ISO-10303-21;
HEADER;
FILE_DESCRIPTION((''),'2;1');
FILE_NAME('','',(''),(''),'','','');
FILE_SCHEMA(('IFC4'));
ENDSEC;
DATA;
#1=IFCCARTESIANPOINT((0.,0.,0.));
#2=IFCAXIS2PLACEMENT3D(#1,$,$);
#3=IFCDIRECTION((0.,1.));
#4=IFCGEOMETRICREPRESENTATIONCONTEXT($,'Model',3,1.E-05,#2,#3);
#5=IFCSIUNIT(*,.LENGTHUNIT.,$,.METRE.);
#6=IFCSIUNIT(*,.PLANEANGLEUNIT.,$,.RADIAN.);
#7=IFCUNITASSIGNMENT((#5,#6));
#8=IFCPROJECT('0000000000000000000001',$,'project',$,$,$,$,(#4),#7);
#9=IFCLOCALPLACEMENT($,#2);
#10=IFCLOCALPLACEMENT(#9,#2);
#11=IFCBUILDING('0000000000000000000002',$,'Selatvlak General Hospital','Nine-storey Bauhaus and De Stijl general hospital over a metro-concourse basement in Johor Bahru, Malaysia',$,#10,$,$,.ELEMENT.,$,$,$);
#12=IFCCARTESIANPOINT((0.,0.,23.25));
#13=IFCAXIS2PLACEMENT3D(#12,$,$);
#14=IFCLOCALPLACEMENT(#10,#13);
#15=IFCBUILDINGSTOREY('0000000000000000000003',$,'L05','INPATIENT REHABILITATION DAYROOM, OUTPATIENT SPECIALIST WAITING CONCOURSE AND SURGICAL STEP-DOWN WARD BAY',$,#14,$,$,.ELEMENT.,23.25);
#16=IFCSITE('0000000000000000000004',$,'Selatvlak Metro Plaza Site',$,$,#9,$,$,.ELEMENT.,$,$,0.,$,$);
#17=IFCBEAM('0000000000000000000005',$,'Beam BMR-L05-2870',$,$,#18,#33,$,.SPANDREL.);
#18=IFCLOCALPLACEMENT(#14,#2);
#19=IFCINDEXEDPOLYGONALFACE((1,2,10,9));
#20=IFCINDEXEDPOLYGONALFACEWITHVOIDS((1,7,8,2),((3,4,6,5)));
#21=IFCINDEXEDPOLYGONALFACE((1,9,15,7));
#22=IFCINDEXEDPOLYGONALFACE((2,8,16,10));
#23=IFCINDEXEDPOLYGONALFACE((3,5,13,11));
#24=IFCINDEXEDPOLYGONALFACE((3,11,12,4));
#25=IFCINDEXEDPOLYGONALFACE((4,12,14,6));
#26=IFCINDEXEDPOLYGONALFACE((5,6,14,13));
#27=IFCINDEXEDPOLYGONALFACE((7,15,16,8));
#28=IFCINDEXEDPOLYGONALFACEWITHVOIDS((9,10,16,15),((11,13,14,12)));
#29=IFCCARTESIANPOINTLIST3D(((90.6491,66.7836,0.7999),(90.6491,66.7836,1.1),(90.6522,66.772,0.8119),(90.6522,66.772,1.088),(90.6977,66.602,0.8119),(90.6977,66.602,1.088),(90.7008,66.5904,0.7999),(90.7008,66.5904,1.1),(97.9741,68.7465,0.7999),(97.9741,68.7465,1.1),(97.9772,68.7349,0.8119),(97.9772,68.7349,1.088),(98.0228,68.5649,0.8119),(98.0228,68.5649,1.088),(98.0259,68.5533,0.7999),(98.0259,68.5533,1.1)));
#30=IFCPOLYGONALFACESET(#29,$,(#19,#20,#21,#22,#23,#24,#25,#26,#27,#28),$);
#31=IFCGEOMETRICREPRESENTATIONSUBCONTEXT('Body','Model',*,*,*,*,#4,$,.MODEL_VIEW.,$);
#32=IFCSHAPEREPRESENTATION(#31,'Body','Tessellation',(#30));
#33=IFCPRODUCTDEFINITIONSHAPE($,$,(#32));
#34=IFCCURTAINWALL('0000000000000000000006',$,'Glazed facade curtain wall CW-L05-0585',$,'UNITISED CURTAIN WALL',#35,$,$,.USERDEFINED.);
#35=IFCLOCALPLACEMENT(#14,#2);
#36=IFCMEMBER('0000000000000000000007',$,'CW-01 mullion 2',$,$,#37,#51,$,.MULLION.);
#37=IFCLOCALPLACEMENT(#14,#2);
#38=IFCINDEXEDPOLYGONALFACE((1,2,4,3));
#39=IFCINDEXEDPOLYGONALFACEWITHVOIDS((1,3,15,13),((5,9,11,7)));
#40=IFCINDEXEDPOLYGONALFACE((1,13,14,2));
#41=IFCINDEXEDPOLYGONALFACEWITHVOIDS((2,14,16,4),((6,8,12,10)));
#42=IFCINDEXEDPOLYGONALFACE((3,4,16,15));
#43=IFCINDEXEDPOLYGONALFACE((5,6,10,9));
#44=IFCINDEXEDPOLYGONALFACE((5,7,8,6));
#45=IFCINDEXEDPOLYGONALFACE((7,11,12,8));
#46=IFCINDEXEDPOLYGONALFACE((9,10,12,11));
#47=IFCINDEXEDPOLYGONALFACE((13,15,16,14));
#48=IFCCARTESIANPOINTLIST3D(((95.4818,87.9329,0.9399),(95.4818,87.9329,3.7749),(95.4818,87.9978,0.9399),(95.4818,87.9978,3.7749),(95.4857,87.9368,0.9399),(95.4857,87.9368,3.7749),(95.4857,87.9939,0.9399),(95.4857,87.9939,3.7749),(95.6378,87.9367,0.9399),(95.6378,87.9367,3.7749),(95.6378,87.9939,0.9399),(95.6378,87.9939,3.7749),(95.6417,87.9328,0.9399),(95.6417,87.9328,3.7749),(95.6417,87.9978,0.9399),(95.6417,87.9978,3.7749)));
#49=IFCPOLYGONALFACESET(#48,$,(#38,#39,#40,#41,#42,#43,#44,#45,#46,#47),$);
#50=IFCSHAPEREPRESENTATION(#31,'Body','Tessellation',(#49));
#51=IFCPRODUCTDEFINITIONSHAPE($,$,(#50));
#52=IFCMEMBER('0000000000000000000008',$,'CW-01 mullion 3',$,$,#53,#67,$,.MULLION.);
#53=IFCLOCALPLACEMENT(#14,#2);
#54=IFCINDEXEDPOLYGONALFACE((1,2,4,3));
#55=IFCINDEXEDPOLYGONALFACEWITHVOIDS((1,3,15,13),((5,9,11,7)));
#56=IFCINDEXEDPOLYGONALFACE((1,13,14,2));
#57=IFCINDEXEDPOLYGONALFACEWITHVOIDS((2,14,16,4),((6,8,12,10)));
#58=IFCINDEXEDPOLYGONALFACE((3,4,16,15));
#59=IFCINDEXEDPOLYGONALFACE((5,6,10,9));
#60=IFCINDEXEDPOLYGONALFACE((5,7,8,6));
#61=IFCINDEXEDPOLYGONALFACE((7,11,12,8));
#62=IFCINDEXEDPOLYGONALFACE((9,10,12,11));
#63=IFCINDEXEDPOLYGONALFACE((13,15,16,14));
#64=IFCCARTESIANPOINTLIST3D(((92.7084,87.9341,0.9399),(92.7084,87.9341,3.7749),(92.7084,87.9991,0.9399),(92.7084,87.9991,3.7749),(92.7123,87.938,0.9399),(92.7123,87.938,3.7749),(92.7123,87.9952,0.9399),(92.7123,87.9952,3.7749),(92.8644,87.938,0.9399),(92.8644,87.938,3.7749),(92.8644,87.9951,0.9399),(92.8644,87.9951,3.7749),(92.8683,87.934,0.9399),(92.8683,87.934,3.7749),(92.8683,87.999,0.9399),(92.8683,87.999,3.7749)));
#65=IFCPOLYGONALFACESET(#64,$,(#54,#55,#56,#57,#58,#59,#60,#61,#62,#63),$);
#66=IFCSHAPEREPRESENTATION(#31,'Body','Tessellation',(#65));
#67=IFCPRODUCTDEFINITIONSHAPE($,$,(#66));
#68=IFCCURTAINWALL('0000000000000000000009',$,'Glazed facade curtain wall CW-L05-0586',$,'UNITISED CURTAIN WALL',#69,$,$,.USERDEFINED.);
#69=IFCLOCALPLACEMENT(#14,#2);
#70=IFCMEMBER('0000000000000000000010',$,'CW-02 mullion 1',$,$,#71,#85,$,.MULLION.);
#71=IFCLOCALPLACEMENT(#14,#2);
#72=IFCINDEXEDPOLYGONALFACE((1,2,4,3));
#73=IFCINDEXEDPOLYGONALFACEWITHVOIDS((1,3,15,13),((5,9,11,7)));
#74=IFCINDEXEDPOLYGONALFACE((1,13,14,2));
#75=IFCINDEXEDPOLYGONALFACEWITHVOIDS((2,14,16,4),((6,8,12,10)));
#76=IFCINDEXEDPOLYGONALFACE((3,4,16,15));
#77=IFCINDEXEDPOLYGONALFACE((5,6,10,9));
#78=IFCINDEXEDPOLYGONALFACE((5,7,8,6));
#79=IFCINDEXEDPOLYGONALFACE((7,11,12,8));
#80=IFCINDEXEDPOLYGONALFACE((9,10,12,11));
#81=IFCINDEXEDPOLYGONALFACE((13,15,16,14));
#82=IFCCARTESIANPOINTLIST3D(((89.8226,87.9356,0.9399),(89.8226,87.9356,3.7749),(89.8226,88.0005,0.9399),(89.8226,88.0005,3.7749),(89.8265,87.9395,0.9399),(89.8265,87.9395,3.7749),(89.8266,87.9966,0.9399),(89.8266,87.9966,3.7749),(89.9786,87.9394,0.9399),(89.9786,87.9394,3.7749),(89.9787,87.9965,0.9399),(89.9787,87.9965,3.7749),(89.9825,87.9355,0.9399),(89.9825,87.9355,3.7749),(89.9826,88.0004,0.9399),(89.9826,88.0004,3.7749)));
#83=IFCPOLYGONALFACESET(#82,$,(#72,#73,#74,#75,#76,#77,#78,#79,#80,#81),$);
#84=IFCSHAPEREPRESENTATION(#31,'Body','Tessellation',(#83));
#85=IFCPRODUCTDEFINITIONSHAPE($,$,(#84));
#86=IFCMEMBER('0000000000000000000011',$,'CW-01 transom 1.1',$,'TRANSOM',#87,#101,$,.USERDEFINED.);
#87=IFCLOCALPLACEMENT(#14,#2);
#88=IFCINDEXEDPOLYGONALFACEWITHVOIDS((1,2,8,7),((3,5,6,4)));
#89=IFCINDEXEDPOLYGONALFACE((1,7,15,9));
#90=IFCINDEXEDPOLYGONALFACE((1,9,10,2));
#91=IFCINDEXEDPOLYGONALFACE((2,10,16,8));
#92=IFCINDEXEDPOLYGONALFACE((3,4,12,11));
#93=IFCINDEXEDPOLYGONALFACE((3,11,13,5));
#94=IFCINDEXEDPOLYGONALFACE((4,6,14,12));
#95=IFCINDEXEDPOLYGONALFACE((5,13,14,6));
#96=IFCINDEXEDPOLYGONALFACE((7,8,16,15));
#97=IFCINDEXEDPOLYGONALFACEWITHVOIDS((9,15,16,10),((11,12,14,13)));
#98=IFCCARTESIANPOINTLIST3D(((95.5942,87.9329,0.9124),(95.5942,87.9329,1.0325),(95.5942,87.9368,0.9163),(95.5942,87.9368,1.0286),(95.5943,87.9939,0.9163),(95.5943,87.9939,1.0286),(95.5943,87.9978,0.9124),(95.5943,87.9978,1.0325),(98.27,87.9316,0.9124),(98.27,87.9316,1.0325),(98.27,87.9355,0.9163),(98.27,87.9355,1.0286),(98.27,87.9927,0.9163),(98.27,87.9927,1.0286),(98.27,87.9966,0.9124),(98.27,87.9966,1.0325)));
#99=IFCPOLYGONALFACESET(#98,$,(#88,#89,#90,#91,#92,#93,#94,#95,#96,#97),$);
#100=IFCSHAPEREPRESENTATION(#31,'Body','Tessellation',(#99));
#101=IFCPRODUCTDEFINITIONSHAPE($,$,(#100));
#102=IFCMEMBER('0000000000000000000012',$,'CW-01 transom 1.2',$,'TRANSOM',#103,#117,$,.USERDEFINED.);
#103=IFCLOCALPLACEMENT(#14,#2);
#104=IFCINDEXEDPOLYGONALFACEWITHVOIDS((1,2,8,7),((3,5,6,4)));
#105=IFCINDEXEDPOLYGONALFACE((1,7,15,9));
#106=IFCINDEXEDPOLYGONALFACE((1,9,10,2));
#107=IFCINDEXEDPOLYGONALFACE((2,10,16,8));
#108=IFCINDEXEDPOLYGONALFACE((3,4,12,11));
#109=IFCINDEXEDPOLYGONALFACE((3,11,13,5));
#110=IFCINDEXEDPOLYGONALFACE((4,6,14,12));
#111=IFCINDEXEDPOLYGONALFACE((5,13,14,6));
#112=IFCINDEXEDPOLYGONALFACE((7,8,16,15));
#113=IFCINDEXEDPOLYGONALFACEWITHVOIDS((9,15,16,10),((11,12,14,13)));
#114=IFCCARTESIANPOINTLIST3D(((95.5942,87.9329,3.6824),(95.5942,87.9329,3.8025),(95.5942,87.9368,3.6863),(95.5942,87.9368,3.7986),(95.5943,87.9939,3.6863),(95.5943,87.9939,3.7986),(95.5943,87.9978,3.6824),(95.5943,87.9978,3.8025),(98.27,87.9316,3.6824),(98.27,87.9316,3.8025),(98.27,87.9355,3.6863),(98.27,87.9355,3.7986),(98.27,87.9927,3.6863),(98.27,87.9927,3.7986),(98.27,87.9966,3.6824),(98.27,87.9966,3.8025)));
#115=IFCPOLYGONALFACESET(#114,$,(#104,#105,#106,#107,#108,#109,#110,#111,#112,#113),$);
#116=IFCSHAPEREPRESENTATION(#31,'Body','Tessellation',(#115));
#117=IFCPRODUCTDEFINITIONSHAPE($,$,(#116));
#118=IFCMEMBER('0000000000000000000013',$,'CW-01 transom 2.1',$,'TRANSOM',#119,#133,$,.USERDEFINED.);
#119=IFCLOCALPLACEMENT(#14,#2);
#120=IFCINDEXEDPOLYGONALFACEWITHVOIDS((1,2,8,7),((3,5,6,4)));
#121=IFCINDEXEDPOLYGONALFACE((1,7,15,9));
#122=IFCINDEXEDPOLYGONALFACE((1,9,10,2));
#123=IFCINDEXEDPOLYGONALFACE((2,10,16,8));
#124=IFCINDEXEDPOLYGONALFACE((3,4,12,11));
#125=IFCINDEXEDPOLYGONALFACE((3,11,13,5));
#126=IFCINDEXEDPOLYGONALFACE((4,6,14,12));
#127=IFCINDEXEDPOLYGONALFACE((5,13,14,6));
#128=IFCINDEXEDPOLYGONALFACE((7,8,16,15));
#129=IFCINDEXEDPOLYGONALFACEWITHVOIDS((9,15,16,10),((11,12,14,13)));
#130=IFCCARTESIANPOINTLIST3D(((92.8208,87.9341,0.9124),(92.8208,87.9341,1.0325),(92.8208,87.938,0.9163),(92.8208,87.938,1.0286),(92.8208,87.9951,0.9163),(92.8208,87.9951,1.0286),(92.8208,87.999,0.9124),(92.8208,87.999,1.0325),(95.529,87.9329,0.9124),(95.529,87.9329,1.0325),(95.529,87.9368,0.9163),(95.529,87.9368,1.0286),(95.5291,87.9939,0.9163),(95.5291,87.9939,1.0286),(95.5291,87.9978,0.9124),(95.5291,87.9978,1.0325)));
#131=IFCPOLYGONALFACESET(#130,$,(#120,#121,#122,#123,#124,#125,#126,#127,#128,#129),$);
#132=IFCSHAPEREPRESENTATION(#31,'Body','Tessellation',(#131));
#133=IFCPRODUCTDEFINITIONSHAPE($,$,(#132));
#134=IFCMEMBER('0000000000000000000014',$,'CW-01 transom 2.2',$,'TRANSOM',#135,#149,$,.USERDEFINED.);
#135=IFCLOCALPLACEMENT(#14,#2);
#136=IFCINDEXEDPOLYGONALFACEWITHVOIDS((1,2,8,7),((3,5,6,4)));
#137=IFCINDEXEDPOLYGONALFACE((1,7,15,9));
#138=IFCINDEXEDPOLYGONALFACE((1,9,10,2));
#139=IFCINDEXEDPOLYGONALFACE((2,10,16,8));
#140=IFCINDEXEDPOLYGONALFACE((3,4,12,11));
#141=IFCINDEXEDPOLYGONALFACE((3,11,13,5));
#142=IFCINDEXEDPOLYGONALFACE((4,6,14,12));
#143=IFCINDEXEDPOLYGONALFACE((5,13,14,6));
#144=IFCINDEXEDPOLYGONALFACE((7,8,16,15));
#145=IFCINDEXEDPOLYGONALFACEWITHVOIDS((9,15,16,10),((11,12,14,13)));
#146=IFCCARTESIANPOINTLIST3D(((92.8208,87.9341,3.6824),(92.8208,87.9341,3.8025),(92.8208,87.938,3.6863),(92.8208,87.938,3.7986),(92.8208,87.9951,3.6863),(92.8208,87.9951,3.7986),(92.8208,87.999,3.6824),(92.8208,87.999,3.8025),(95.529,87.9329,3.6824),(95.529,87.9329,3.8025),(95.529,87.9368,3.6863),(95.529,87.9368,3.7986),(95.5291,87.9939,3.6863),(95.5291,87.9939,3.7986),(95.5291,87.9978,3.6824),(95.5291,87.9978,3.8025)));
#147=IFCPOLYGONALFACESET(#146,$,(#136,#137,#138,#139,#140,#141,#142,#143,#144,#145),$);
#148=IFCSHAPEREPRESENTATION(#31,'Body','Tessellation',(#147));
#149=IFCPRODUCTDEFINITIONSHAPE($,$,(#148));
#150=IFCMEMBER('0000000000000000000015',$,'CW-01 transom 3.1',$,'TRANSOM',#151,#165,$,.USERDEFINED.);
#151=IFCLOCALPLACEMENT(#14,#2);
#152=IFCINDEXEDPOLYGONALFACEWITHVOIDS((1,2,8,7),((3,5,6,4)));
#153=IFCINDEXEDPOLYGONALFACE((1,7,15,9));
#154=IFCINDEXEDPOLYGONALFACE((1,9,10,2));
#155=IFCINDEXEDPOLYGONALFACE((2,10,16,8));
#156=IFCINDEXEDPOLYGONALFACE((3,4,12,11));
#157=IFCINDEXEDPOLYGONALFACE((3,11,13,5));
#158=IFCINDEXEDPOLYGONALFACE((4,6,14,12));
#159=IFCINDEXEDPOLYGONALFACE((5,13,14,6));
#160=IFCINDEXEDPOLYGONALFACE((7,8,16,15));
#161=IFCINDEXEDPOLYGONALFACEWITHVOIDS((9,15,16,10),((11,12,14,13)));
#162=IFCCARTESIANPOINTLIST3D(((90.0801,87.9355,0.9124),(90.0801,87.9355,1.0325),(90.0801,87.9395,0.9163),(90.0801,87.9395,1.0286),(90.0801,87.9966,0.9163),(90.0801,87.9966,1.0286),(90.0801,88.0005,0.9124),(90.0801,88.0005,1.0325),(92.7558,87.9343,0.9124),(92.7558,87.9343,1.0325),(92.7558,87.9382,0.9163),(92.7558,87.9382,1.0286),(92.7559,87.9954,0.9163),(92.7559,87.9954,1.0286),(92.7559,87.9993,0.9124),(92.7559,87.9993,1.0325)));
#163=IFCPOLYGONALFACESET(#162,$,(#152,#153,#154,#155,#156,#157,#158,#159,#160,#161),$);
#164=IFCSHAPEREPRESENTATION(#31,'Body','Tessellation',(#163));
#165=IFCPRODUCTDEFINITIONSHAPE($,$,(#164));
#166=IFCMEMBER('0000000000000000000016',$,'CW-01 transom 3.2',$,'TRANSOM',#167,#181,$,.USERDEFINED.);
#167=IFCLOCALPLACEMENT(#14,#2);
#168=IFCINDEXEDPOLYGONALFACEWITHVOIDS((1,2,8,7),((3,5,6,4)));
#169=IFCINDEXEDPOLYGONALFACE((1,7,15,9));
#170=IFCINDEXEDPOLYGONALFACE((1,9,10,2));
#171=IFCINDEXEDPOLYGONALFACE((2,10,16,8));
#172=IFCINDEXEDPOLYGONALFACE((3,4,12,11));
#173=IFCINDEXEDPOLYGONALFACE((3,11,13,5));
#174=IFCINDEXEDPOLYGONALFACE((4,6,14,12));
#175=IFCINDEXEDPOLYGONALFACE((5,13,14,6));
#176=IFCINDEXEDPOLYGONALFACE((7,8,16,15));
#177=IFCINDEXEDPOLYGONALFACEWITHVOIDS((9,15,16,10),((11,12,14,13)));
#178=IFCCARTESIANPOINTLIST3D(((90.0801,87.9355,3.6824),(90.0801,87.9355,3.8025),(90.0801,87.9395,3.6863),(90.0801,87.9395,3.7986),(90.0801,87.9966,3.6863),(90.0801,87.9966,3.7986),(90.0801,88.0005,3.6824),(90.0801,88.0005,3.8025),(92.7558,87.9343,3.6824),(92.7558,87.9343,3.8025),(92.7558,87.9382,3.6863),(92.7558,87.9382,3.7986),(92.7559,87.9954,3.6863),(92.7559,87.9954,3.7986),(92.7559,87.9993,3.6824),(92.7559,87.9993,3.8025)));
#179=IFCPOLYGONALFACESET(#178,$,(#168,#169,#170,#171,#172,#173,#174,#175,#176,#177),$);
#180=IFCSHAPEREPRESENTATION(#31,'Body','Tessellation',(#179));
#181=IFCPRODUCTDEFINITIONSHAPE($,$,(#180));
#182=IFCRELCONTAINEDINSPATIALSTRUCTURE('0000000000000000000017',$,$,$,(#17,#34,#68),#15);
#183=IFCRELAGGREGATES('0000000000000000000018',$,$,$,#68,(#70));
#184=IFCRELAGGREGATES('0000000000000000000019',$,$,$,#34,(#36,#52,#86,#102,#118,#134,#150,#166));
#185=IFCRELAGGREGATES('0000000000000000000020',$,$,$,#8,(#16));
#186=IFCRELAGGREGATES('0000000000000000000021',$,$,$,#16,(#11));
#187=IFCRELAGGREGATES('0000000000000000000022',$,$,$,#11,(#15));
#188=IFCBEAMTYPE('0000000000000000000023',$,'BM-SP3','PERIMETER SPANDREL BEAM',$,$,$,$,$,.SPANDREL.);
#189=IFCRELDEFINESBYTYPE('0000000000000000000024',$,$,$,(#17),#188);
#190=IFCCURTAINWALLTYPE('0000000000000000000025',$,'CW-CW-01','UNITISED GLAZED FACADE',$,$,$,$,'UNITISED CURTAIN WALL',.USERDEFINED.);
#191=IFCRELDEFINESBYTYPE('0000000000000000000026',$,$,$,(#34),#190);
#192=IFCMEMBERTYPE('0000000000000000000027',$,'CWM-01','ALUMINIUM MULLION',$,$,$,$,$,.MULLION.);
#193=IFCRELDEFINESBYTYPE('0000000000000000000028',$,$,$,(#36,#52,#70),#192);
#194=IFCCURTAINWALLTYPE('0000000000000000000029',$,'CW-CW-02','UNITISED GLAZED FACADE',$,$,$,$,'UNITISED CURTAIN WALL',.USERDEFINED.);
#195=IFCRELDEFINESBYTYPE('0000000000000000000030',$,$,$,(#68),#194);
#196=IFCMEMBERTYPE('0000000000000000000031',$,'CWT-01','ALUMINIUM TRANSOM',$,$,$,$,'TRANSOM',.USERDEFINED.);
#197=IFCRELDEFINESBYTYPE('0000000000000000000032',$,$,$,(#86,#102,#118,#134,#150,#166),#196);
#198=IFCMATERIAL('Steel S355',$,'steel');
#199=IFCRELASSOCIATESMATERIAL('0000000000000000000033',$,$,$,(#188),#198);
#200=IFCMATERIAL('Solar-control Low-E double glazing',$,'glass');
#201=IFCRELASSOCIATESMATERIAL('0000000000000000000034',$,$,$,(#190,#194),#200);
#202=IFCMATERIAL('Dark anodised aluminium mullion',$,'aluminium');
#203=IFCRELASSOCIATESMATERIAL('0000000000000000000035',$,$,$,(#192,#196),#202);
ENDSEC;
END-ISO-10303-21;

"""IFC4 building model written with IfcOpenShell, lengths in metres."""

from ifc_helpers import new_model, si_unit, direction, frame, origin, origin_2d, place, context, subcontext, project, spatial, hollow_rectangle, extrude, material, material_profile, profile_set, type_object, element, aggregate, save


model = new_model("IFC4")

# Units and contexts
model_context = context("Model", 3, precision=1e-05, world=origin(), true_north=direction((0.0, 1.0)))
body_context = subcontext(model_context, "Body", "Model", "MODEL_VIEW")
ifc_project = project(units=[si_unit("LENGTHUNIT", "METRE"), si_unit("PLANEANGLEUNIT", "RADIAN")], contexts=[model_context])

# Site, building, storey
site_placement = place(None, origin())
site = spatial("IfcSite", under=ifc_project, at=site_placement, Name="Selatvlak Metro Plaza Site", CompositionType="ELEMENT", RefElevation=0.0)
building_placement = place(site_placement, origin())
building = spatial("IfcBuilding", under=site, at=building_placement, Name="Selatvlak General Hospital", Description="Nine-storey Bauhaus and De Stijl general hospital over a metro-concourse basement in Johor Bahru, Malaysia", CompositionType="ELEMENT")
storey_placement = place(building_placement, frame((0.0, 0.0, 23.25)))
storey = spatial("IfcBuildingStorey", under=building, at=storey_placement, Name="L05", Description="INPATIENT REHABILITATION DAYROOM, OUTPATIENT SPECIALIST WAITING CONCOURSE AND SURGICAL STEP-DOWN WARD BAY", CompositionType="ELEMENT", Elevation=23.25)

# Beam
ifc_material_1 = material(Name="Steel S355", Category="steel")
ifc_material_profile_1 = material_profile(ifc_material_1, hollow_rectangle(XDim=0.2, YDim=0.3, WallThickness=0.012, at=origin_2d()), Name="RHS 300x200x12")
ifc_profile_set_1 = profile_set([ifc_material_profile_1], Name="Steel S355")
beam_type = type_object("IfcBeamType", Name="BM-SP3", Description="PERIMETER SPANDREL BEAM", PredefinedType="SPANDREL", material=ifc_profile_set_1)
beam_placement = place(storey_placement, frame((98.0, 68.6499, 0.95), z_axis=(-0.96592, -0.258841, 0.0), x_axis=(0.258841, -0.96592, 0.0)))
element("IfcBeam", 1, at=beam_placement, inside=storey, type_object=beam_type, Name="Beam BMR-L05-2870", PredefinedType="SPANDREL", context=body_context, shape_type="SweptSolid", body=[
    extrude(hollow_rectangle(XDim=0.2, YDim=0.3, WallThickness=0.012, at=origin_2d()), origin(), (0.0, 0.0, 1.0), 7.5835),
])

# Curtain wall, members
ifc_material_2 = material(Name="Solar-control Low-E double glazing", Category="glass")
curtain_wall_type_1 = type_object("IfcCurtainWallType", Name="CW-CW-01", Description="UNITISED GLAZED FACADE", ElementType="UNITISED CURTAIN WALL", PredefinedType="USERDEFINED", material=ifc_material_2)
curtain_wall_1_placement = place(storey_placement, origin())
curtain_wall_1 = element("IfcCurtainWall", 2, at=curtain_wall_1_placement, inside=storey, type_object=curtain_wall_type_1, Name="Glazed facade curtain wall CW-L05-0585", ObjectType="UNITISED CURTAIN WALL", PredefinedType="USERDEFINED")
ifc_material_3 = material(Name="Dark anodised aluminium mullion", Category="aluminium")
ifc_material_profile_2 = material_profile(ifc_material_3, hollow_rectangle(XDim=0.0649, YDim=0.1599, WallThickness=0.0039, at=origin_2d()), Name="AL-MUL 65x160x4")
ifc_profile_set_2 = profile_set([ifc_material_profile_2], Name="Dark anodised aluminium mullion")
member_type_1 = type_object("IfcMemberType", Name="CWM-01", Description="ALUMINIUM MULLION", PredefinedType="MULLION", material=ifc_profile_set_2)
member_1_placement = place(storey_placement, frame((95.5618, 87.9653, 0.9399), z_axis=(0.0, 0.0, 1.0), x_axis=(-0.000481, -1.0, 0.0)))
member_1 = element("IfcMember", 3, at=member_1_placement, type_object=member_type_1, Name="CW-01 mullion 2", PredefinedType="MULLION", context=body_context, shape_type="SweptSolid", body=[
    extrude(hollow_rectangle(XDim=0.0649, YDim=0.1599, WallThickness=0.0039, at=origin_2d()), origin(), (0.0, 0.0, 1.0), 2.835),
])
member_2_placement = place(storey_placement, frame((92.7883, 87.9666, 0.9399), z_axis=(0.0, 0.0, 1.0), x_axis=(-0.000481, -1.0, 0.0)))
member_2 = element("IfcMember", 4, at=member_2_placement, type_object=member_type_1, Name="CW-01 mullion 3", PredefinedType="MULLION", context=body_context, shape_type="SweptSolid", body=[
    extrude(hollow_rectangle(XDim=0.0649, YDim=0.1599, WallThickness=0.0039, at=origin_2d()), origin(), (0.0, 0.0, 1.0), 2.835),
])

# Curtain wall, member
curtain_wall_type_2 = type_object("IfcCurtainWallType", Name="CW-CW-02", Description="UNITISED GLAZED FACADE", ElementType="UNITISED CURTAIN WALL", PredefinedType="USERDEFINED", material=ifc_material_2)
curtain_wall_2_placement = place(storey_placement, origin())
curtain_wall_2 = element("IfcCurtainWall", 5, at=curtain_wall_2_placement, inside=storey, type_object=curtain_wall_type_2, Name="Glazed facade curtain wall CW-L05-0586", ObjectType="UNITISED CURTAIN WALL", PredefinedType="USERDEFINED")
member_3_placement = place(storey_placement, frame((89.9026, 87.968, 0.9399), z_axis=(0.0, 0.0, 1.0), x_axis=(-0.000481, -1.0, 0.0)))
member_3 = element("IfcMember", 6, at=member_3_placement, type_object=member_type_1, Name="CW-02 mullion 1", PredefinedType="MULLION", context=body_context, shape_type="SweptSolid", body=[
    extrude(hollow_rectangle(XDim=0.0649, YDim=0.1599, WallThickness=0.0039, at=origin_2d()), origin(), (0.0, 0.0, 1.0), 2.835),
])

# Members
ifc_material_profile_3 = material_profile(ifc_material_3, hollow_rectangle(XDim=0.0649, YDim=0.1201, WallThickness=0.0039, at=origin_2d()), Name="AL-TRN 65x120x4")
ifc_profile_set_3 = profile_set([ifc_material_profile_3], Name="Dark anodised aluminium mullion")
member_type_2 = type_object("IfcMemberType", Name="CWT-01", Description="ALUMINIUM TRANSOM", ElementType="TRANSOM", PredefinedType="USERDEFINED", material=ifc_profile_set_3)
member_4_placement = place(storey_placement, frame((98.27, 87.9641, 0.9724), z_axis=(-1.0, 0.000456, 0.0), x_axis=(-0.000456, -1.0, 0.0)))
member_4 = element("IfcMember", 7, at=member_4_placement, type_object=member_type_2, Name="CW-01 transom 1.1", ObjectType="TRANSOM", PredefinedType="USERDEFINED", context=body_context, shape_type="SweptSolid", body=[
    extrude(hollow_rectangle(XDim=0.0649, YDim=0.1201, WallThickness=0.0039, at=origin_2d()), origin(), (0.0, 0.0, 1.0), 2.6758),
])
member_5_placement = place(storey_placement, frame((98.27, 87.9641, 3.7424), z_axis=(-1.0, 0.000456, 0.0), x_axis=(-0.000456, -1.0, 0.0)))
member_5 = element("IfcMember", 8, at=member_5_placement, type_object=member_type_2, Name="CW-01 transom 1.2", ObjectType="TRANSOM", PredefinedType="USERDEFINED", context=body_context, shape_type="SweptSolid", body=[
    extrude(hollow_rectangle(XDim=0.0649, YDim=0.1201, WallThickness=0.0039, at=origin_2d()), origin(), (0.0, 0.0, 1.0), 2.6758),
])
member_6_placement = place(storey_placement, frame((95.5291, 87.9653, 0.9724), z_axis=(-1.0, 0.000451, 0.0), x_axis=(-0.000451, -1.0, 0.0)))
member_6 = element("IfcMember", 9, at=member_6_placement, type_object=member_type_2, Name="CW-01 transom 2.1", ObjectType="TRANSOM", PredefinedType="USERDEFINED", context=body_context, shape_type="SweptSolid", body=[
    extrude(hollow_rectangle(XDim=0.0649, YDim=0.1201, WallThickness=0.0039, at=origin_2d()), origin(), (0.0, 0.0, 1.0), 2.7083),
])
member_7_placement = place(storey_placement, frame((95.5291, 87.9653, 3.7424), z_axis=(-1.0, 0.000451, 0.0), x_axis=(-0.000451, -1.0, 0.0)))
member_7 = element("IfcMember", 10, at=member_7_placement, type_object=member_type_2, Name="CW-01 transom 2.2", ObjectType="TRANSOM", PredefinedType="USERDEFINED", context=body_context, shape_type="SweptSolid", body=[
    extrude(hollow_rectangle(XDim=0.0649, YDim=0.1201, WallThickness=0.0039, at=origin_2d()), origin(), (0.0, 0.0, 1.0), 2.7083),
])
member_8_placement = place(storey_placement, frame((92.7559, 87.9668, 0.9724), z_axis=(-1.0, 0.000456, 0.0), x_axis=(-0.000456, -1.0, 0.0)))
member_8 = element("IfcMember", 11, at=member_8_placement, type_object=member_type_2, Name="CW-01 transom 3.1", ObjectType="TRANSOM", PredefinedType="USERDEFINED", context=body_context, shape_type="SweptSolid", body=[
    extrude(hollow_rectangle(XDim=0.0649, YDim=0.1201, WallThickness=0.0039, at=origin_2d()), origin(), (0.0, 0.0, 1.0), 2.6758),
])
member_9_placement = place(storey_placement, frame((92.7559, 87.9668, 3.7424), z_axis=(-1.0, 0.000456, 0.0), x_axis=(-0.000456, -1.0, 0.0)))
member_9 = element("IfcMember", 12, at=member_9_placement, type_object=member_type_2, Name="CW-01 transom 3.2", ObjectType="TRANSOM", PredefinedType="USERDEFINED", context=body_context, shape_type="SweptSolid", body=[
    extrude(hollow_rectangle(XDim=0.0649, YDim=0.1201, WallThickness=0.0039, at=origin_2d()), origin(), (0.0, 0.0, 1.0), 2.6758),
])
aggregate(curtain_wall_2, [member_3])

aggregate(curtain_wall_1, [member_1, member_2, member_4, member_5, member_6, member_7, member_8, member_9])

save(model, "model.ifc")
